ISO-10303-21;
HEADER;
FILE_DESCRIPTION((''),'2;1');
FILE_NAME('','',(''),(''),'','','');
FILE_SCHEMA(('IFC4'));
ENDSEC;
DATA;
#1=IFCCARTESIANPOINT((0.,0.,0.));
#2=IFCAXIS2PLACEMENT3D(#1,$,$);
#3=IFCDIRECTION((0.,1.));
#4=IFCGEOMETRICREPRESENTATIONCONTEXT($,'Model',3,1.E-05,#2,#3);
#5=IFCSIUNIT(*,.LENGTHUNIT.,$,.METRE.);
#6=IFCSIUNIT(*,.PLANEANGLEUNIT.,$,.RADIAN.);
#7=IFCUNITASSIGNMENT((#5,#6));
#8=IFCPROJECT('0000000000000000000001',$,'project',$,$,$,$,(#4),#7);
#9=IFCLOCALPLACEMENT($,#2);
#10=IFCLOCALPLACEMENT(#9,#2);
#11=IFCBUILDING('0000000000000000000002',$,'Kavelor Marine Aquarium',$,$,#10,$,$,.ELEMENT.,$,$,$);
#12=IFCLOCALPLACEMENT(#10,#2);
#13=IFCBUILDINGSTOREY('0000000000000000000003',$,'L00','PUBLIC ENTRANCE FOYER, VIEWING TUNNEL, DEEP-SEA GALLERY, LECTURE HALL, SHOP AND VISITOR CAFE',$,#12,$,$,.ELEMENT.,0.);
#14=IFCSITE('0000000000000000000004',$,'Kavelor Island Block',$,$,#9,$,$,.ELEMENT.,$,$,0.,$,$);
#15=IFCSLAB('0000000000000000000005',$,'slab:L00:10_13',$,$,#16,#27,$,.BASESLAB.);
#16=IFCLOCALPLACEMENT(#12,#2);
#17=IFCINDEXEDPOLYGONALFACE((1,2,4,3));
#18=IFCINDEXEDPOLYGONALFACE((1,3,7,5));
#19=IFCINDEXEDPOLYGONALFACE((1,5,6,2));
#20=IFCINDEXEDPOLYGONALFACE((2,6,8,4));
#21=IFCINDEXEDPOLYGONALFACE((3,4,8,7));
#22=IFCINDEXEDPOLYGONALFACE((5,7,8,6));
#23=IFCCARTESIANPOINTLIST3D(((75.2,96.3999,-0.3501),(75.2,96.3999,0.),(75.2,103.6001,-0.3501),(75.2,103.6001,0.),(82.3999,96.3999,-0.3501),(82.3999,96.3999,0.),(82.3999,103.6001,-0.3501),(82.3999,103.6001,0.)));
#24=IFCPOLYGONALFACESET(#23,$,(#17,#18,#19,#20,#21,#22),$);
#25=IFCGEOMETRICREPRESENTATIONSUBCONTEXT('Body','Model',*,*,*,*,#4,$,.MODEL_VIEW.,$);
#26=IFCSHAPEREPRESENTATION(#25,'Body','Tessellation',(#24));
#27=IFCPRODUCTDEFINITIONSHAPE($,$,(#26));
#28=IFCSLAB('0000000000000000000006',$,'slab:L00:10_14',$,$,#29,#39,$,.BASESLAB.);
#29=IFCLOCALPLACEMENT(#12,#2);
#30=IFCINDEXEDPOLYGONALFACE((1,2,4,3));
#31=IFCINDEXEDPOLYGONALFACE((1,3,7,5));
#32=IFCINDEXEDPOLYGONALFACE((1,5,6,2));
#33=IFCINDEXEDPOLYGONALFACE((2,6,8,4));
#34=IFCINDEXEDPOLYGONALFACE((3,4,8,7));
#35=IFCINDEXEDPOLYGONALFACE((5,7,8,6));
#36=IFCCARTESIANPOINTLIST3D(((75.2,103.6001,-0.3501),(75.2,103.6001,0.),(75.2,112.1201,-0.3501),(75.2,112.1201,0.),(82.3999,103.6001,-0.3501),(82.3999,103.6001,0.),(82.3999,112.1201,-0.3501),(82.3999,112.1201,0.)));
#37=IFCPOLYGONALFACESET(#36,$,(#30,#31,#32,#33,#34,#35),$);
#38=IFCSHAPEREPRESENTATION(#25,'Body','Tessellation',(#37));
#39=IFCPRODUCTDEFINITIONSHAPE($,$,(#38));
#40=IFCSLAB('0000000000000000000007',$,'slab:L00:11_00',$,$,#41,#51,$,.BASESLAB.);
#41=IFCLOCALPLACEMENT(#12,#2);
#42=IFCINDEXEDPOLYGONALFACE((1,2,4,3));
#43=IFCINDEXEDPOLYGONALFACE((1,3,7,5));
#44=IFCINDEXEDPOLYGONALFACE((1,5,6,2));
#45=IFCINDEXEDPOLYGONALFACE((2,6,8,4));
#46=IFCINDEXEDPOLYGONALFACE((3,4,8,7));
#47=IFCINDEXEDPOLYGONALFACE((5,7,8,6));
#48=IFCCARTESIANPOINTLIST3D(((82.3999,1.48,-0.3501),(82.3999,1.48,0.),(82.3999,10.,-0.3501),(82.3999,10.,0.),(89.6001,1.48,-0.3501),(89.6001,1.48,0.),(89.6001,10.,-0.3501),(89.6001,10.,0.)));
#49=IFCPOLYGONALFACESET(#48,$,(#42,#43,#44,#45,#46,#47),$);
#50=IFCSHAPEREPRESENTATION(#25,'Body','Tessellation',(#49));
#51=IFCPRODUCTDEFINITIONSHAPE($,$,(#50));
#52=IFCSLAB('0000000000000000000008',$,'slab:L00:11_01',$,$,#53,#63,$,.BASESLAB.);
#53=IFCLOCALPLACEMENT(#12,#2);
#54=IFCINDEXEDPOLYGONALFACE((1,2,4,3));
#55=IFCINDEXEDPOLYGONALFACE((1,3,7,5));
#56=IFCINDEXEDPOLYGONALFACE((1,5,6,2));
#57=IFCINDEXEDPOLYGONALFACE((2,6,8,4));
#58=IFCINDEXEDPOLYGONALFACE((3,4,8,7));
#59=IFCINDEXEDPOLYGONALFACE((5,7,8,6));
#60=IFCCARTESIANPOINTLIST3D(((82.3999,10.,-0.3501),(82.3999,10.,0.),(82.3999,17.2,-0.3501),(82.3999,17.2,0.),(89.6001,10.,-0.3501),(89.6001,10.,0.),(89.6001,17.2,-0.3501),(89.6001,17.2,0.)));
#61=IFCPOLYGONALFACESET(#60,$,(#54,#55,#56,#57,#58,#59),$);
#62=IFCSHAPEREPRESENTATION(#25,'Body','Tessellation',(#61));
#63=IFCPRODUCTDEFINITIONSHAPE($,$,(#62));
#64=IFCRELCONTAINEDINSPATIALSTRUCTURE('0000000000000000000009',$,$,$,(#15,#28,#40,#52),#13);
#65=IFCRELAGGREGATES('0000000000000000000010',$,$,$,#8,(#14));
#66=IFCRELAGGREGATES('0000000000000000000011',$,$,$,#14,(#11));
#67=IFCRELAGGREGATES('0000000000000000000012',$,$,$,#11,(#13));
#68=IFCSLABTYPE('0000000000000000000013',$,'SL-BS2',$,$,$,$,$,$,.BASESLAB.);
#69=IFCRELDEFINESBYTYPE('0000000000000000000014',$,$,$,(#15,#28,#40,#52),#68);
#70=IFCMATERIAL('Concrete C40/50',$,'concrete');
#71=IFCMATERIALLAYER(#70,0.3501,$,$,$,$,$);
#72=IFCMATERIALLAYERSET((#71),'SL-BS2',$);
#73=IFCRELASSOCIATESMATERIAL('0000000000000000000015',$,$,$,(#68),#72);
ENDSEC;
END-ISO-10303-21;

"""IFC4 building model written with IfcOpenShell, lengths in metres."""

from ifc_helpers import new_model, si_unit, direction, frame, origin, place, context, subcontext, project, spatial, polyline, outline, extrude, material, layer, layer_set, type_object, element, save


model = new_model("IFC4")

# Units and contexts
model_context = context("Model", 3, precision=1e-05, world=origin(), true_north=direction((0.0, 1.0)))
body_context = subcontext(model_context, "Body", "Model", "MODEL_VIEW")
ifc_project = project(units=[si_unit("LENGTHUNIT", "METRE"), si_unit("PLANEANGLEUNIT", "RADIAN")], contexts=[model_context])

# Site, building, storey
site_placement = place(None, origin())
site = spatial("IfcSite", under=ifc_project, at=site_placement, Name="Kavelor Island Block", CompositionType="ELEMENT", RefElevation=0.0)
building_placement = place(site_placement, origin())
building = spatial("IfcBuilding", under=site, at=building_placement, Name="Kavelor Marine Aquarium", CompositionType="ELEMENT")
storey_placement = place(building_placement, origin())
storey = spatial("IfcBuildingStorey", under=building, at=storey_placement, Name="L00", Description="PUBLIC ENTRANCE FOYER, VIEWING TUNNEL, DEEP-SEA GALLERY, LECTURE HALL, SHOP AND VISITOR CAFE", CompositionType="ELEMENT", Elevation=0.0)

# Slabs
ifc_material = material(Name="Concrete C40/50", Category="concrete")
ifc_layer = layer(ifc_material, 0.3501)
ifc_layer_set = layer_set([ifc_layer], Name="SL-BS2")
slab_type = type_object("IfcSlabType", Name="SL-BS2", PredefinedType="BASESLAB", material=ifc_layer_set)
slab_1_placement = place(storey_placement, frame((0.0, 0.0, -0.3501)))
element("IfcSlab", 1, at=slab_1_placement, inside=storey, type_object=slab_type, Name="slab:L00:10_13", PredefinedType="BASESLAB", context=body_context, shape_type="SweptSolid", body=[
    extrude(outline(polyline([(75.2, 96.3999), (82.3999, 96.3999), (82.3999, 103.6001), (75.2, 103.6001), (75.2, 96.3999)])), origin(), (0.0, 0.0, 1.0), 0.3501),
])
slab_2_placement = place(storey_placement, frame((0.0, 0.0, -0.3501)))
element("IfcSlab", 2, at=slab_2_placement, inside=storey, type_object=slab_type, Name="slab:L00:10_14", PredefinedType="BASESLAB", context=body_context, shape_type="SweptSolid", body=[
    extrude(outline(polyline([(75.2, 103.6001), (82.3999, 103.6001), (82.3999, 112.1201), (75.2, 112.1201), (75.2, 103.6001)])), origin(), (0.0, 0.0, 1.0), 0.3501),
])
slab_3_placement = place(storey_placement, frame((0.0, 0.0, -0.3501)))
element("IfcSlab", 3, at=slab_3_placement, inside=storey, type_object=slab_type, Name="slab:L00:11_00", PredefinedType="BASESLAB", context=body_context, shape_type="SweptSolid", body=[
    extrude(outline(polyline([(82.3999, 1.48), (89.6001, 1.48), (89.6001, 10.0), (82.3999, 10.0), (82.3999, 1.48)])), origin(), (0.0, 0.0, 1.0), 0.3501),
])
slab_4_placement = place(storey_placement, frame((0.0, 0.0, -0.3501)))
element("IfcSlab", 4, at=slab_4_placement, inside=storey, type_object=slab_type, Name="slab:L00:11_01", PredefinedType="BASESLAB", context=body_context, shape_type="SweptSolid", body=[
    extrude(outline(polyline([(82.3999, 10.0), (89.6001, 10.0), (89.6001, 17.2), (82.3999, 17.2), (82.3999, 10.0)])), origin(), (0.0, 0.0, 1.0), 0.3501),
])

save(model, "model.ifc")
